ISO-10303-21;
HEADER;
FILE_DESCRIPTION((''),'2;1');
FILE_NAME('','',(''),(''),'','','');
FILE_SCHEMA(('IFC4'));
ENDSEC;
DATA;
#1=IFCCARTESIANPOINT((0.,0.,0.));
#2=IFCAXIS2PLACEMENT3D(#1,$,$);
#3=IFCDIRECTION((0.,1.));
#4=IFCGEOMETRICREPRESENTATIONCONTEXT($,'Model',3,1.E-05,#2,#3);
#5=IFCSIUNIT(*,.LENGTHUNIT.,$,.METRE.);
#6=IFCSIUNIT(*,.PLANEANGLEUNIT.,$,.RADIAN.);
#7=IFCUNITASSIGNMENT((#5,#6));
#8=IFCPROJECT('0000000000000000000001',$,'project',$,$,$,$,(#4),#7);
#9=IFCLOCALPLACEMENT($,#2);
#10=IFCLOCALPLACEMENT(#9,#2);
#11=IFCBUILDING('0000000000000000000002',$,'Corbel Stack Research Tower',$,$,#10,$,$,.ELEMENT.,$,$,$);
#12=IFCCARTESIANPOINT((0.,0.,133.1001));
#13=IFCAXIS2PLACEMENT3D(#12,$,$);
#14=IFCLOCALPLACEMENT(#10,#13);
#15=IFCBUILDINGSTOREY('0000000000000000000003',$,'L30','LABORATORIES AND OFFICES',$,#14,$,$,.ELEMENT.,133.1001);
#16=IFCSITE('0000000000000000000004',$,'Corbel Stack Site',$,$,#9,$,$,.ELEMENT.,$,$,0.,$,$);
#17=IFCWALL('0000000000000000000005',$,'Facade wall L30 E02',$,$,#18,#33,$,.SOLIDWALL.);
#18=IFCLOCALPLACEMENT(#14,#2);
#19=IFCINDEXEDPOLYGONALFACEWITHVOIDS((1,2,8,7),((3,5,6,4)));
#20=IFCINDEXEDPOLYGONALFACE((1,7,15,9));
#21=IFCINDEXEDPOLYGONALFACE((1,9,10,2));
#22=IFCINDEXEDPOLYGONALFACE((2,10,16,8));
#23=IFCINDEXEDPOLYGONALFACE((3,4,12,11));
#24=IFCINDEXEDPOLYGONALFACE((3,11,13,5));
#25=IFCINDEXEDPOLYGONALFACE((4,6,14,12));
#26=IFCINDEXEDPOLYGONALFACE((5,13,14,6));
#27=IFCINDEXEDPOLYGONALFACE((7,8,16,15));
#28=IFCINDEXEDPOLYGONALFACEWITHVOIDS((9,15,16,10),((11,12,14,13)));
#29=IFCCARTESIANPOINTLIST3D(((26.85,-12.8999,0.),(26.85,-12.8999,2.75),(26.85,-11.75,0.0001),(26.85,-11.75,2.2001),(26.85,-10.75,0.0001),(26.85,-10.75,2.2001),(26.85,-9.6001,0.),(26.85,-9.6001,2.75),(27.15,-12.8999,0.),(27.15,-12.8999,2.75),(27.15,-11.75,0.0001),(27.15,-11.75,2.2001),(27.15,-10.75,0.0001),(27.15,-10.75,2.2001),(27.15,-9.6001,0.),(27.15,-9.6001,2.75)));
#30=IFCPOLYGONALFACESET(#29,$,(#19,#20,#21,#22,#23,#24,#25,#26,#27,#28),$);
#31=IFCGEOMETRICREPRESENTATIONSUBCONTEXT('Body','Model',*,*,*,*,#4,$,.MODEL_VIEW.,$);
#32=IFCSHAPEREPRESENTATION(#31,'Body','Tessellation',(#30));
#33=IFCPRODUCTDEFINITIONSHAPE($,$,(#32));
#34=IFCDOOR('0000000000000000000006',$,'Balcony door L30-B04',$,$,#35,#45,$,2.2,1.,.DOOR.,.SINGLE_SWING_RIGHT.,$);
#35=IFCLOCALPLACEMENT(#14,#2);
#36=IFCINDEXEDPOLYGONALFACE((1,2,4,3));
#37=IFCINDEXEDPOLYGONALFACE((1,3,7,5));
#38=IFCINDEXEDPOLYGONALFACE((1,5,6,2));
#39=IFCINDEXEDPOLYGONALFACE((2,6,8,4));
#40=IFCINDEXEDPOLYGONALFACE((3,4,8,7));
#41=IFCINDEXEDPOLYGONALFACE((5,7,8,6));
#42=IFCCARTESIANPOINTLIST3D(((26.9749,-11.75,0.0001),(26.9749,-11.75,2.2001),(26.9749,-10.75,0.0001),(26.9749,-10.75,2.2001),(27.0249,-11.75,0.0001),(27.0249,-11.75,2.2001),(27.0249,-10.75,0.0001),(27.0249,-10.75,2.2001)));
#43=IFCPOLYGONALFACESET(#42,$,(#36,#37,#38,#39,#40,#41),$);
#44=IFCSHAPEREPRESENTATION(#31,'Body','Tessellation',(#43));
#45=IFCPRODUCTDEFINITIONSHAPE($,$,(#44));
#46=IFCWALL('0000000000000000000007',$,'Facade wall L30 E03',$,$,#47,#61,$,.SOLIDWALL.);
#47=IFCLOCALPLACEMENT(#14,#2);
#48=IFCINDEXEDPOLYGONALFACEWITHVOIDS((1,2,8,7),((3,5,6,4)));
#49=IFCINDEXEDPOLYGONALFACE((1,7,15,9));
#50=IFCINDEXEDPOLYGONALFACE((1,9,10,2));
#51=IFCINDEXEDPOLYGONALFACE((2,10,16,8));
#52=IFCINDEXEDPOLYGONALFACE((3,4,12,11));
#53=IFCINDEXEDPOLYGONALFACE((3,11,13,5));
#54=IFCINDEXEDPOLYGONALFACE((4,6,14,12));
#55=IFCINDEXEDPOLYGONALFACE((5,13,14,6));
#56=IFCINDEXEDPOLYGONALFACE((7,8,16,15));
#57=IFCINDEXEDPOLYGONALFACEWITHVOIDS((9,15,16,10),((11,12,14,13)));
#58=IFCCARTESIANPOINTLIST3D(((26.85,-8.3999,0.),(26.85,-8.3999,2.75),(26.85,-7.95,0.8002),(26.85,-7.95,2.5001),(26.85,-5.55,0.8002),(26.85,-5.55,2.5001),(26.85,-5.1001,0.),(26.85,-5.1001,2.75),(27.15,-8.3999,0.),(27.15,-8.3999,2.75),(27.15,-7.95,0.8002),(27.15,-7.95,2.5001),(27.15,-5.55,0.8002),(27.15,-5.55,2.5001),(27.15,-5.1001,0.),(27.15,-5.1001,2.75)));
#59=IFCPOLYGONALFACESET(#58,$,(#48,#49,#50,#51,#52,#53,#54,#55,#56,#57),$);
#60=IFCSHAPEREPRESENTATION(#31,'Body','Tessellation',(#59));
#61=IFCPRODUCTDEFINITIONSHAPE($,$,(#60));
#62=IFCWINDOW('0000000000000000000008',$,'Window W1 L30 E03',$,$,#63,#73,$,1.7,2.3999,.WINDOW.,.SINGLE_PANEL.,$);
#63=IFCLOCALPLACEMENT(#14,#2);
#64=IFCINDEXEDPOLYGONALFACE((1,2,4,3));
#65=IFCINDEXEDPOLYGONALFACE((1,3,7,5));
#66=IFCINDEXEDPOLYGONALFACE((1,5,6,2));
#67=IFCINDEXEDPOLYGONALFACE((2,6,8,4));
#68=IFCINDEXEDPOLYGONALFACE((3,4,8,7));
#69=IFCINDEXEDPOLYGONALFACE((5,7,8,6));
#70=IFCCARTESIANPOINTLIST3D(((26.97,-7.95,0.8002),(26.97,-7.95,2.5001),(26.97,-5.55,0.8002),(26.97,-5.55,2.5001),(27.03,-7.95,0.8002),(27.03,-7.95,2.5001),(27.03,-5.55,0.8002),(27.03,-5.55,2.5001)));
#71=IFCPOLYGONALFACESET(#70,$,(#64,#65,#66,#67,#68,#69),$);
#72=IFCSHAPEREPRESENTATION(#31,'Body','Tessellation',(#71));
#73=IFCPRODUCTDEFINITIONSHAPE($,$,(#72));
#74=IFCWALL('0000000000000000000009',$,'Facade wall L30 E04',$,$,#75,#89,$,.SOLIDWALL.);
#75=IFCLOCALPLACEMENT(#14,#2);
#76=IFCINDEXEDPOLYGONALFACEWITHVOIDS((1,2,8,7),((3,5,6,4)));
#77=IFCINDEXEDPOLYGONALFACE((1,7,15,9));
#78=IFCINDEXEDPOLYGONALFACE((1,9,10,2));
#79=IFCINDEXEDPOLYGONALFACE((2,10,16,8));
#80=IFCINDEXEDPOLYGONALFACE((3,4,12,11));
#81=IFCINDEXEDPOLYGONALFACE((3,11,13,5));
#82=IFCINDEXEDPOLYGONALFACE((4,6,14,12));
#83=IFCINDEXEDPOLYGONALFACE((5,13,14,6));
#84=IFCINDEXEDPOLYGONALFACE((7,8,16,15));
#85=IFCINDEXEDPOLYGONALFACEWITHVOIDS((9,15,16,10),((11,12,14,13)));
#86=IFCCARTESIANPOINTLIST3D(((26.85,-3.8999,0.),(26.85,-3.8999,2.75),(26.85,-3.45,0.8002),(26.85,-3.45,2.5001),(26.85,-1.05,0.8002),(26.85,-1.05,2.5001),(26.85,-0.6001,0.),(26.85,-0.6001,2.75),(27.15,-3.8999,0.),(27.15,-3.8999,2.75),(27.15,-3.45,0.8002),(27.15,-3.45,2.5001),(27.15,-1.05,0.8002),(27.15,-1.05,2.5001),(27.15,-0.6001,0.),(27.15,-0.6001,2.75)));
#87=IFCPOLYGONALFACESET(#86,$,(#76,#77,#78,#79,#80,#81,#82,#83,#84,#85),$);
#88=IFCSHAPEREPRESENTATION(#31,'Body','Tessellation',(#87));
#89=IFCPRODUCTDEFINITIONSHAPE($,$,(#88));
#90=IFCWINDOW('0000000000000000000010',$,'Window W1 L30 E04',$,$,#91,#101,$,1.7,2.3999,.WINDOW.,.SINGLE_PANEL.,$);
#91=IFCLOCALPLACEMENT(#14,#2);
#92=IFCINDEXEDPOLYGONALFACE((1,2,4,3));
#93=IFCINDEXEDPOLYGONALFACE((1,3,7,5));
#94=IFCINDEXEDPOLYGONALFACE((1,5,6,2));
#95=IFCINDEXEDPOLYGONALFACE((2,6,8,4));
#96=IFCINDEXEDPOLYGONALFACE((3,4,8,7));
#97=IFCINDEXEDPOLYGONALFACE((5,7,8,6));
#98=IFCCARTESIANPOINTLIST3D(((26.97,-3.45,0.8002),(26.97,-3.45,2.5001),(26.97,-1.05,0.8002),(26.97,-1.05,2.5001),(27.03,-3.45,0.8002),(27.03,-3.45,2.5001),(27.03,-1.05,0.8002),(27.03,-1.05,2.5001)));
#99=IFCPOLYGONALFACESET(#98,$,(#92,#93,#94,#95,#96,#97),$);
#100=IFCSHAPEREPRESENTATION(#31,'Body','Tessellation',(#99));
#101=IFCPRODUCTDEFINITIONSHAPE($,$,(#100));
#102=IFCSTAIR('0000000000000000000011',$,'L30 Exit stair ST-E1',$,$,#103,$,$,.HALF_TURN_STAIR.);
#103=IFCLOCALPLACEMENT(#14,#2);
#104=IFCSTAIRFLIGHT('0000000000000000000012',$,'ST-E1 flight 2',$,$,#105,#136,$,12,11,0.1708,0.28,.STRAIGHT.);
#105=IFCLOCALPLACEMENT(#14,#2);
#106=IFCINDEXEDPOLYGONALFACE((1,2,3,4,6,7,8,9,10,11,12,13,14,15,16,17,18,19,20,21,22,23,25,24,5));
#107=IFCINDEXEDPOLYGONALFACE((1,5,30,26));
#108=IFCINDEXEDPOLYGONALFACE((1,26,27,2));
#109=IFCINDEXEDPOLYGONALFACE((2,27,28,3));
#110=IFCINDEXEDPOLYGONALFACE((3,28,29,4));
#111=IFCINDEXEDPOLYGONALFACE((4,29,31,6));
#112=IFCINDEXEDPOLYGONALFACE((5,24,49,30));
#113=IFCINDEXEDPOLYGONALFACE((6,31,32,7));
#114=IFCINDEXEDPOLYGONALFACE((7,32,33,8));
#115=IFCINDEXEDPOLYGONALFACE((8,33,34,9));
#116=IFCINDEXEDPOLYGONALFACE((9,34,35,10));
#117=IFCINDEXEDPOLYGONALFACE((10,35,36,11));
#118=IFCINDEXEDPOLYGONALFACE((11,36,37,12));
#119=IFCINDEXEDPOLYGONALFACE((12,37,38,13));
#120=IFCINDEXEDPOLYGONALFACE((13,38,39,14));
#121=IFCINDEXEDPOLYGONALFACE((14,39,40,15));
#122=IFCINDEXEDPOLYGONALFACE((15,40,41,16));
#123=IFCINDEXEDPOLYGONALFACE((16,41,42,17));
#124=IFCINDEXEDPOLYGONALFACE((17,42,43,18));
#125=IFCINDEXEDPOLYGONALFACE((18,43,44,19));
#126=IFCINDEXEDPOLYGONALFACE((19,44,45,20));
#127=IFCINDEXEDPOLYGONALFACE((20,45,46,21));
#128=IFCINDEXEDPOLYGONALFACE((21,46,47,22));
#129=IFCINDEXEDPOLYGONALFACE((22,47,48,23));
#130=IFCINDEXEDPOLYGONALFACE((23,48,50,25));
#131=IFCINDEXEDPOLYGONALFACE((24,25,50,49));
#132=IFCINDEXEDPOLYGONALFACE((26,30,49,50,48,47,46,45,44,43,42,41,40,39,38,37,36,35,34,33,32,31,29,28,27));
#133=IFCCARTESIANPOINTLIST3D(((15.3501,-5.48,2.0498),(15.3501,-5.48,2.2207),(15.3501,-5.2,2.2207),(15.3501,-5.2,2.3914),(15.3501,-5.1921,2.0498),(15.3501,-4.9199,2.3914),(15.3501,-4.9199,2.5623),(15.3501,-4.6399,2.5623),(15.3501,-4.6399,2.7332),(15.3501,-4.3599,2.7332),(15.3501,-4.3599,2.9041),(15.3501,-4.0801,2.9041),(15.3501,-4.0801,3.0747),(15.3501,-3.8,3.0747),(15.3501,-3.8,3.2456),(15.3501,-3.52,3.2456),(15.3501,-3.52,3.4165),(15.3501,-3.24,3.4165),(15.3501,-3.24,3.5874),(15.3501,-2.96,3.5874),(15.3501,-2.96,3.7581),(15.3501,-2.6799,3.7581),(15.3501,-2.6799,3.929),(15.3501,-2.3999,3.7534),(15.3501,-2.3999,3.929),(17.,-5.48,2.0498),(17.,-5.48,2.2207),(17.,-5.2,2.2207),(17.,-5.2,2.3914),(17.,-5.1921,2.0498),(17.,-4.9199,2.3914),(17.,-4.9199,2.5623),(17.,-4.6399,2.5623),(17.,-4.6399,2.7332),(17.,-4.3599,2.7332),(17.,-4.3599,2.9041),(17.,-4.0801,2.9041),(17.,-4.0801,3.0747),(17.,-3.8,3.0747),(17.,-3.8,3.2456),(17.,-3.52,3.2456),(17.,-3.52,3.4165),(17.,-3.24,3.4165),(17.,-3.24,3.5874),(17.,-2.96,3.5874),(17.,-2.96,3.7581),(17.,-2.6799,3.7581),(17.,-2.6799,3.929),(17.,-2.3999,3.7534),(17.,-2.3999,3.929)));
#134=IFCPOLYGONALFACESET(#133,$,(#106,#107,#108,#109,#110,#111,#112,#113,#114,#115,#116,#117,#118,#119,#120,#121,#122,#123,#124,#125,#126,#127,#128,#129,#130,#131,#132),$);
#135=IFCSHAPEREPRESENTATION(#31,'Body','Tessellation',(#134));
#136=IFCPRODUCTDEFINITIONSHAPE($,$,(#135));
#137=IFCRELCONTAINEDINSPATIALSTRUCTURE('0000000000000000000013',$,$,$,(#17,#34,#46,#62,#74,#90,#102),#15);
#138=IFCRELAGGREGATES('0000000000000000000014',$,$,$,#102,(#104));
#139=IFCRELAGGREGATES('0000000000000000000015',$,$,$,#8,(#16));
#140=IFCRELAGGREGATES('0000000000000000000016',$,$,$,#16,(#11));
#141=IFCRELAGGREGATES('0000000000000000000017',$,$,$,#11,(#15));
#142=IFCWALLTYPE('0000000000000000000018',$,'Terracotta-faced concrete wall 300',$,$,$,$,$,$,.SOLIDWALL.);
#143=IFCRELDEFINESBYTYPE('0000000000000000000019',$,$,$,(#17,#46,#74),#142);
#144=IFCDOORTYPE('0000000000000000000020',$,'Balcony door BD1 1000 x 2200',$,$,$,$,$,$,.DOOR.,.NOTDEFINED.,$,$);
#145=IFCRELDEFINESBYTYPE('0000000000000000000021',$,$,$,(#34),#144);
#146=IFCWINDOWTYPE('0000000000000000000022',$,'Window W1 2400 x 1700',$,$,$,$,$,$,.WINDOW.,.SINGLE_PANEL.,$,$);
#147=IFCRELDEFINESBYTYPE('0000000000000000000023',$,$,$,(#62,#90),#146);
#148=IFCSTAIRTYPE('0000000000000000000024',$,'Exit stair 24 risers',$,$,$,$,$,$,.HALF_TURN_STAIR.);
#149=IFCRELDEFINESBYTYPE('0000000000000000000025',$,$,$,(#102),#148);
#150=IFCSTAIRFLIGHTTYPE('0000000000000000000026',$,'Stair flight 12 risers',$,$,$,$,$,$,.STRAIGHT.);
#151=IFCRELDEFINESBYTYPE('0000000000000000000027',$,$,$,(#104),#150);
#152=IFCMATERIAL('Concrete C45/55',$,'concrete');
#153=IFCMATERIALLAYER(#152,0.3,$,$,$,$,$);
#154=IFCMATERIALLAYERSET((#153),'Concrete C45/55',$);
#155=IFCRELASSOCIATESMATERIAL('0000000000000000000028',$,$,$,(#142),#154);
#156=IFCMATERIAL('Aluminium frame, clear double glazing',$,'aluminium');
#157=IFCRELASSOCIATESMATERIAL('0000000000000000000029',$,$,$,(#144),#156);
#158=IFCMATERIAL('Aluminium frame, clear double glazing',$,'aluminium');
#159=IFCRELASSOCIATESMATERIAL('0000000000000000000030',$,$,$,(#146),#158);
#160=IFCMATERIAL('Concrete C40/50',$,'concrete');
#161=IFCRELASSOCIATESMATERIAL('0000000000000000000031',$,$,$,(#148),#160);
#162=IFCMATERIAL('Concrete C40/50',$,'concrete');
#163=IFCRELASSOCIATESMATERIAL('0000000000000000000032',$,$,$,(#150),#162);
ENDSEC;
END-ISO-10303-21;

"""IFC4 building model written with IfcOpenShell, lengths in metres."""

from ifc_helpers import new_model, si_unit, direction, frame, frame_2d, origin, place, context, subcontext, project, spatial, polyline, rectangle, outline, extrude, material, layer, layer_set, type_object, element, fill, aggregate, save


model = new_model("IFC4")

# Units and contexts
model_context = context("Model", 3, precision=1e-05, world=origin(), true_north=direction((0.0, 1.0)))
body_context = subcontext(model_context, "Body", "Model", "MODEL_VIEW")
ifc_project = project(units=[si_unit("LENGTHUNIT", "METRE"), si_unit("PLANEANGLEUNIT", "RADIAN")], contexts=[model_context])

# Site, building, storey
site_placement = place(None, origin())
site = spatial("IfcSite", under=ifc_project, at=site_placement, Name="Corbel Stack Site", CompositionType="ELEMENT", RefElevation=0.0)
building_placement = place(site_placement, origin())
building = spatial("IfcBuilding", under=site, at=building_placement, Name="Corbel Stack Research Tower", CompositionType="ELEMENT")
storey_placement = place(building_placement, frame((0.0, 0.0, 133.1001)))
storey = spatial("IfcBuildingStorey", under=building, at=storey_placement, Name="L30", Description="LABORATORIES AND OFFICES", CompositionType="ELEMENT", Elevation=133.1001)

# Wall, opening, door
ifc_material_1 = material(Name="Concrete C45/55", Category="concrete")
ifc_layer_1 = layer(ifc_material_1, 0.3)
ifc_layer_set_1 = layer_set([ifc_layer_1], Name="Concrete C45/55")
wall_type_1 = type_object("IfcWallType", Name="Terracotta-faced concrete wall 300", PredefinedType="SOLIDWALL", material=ifc_layer_set_1)
wall_1_placement = place(storey_placement, frame((27.0, -9.6001, 0.0), z_axis=(0.0, 0.0, 1.0), x_axis=(0.0, -1.0, 0.0)))
wall_1 = element("IfcWall", 1, at=wall_1_placement, inside=storey, type_object=wall_type_1, Name="Facade wall L30 E02", PredefinedType="SOLIDWALL", context=body_context, shape_type="SweptSolid", body=[
    extrude(rectangle(XDim=3.2998, YDim=0.3, at=frame_2d((1.6499, 0.0))), origin(), (0.0, 0.0, 1.0), 2.75),
])
opening_1_placement = place(wall_1_placement, frame((1.1499, 0.0, 0.0)))
opening_1 = element("IfcOpeningElement", 2, at=opening_1_placement, cuts=wall_1, PredefinedType="OPENING", context=body_context, shape_type="SweptSolid", body=[
    extrude(rectangle(XDim=1.0, YDim=2.2, at=frame_2d((0.5, 1.1001))), frame((0.0, 0.1599, 0.0), z_axis=(0.0, -1.0, 0.0), x_axis=(1.0, 0.0, 0.0)), (0.0, 0.0, 1.0), 0.3201),
])
ifc_material_2 = material(Name="Aluminium frame, clear double glazing", Category="aluminium")
door_type_1 = type_object("IfcDoorType", Name="Balcony door BD1 1000 x 2200", OperationType="NOTDEFINED", PredefinedType="DOOR", material=ifc_material_2)
door_1_placement = place(opening_1_placement, origin())
door_1 = element("IfcDoor", 3, at=door_1_placement, inside=storey, type_object=door_type_1, Name="Balcony door L30-B04", OperationType="SINGLE_SWING_RIGHT", OverallHeight=2.2, OverallWidth=1.0, PredefinedType="DOOR", context=body_context, shape_type="SweptSolid", body=[
    extrude(rectangle(XDim=1.0, YDim=2.2, at=frame_2d((0.5, 1.1001))), frame((0.0, 0.0249, 0.0), z_axis=(0.0, -1.0, 0.0), x_axis=(1.0, 0.0, 0.0)), (0.0, 0.0, 1.0), 0.05),
])
fill(opening_1, door_1)

# Walls, openings, windows
wall_2_placement = place(storey_placement, frame((27.0, -5.1001, 0.0), z_axis=(0.0, 0.0, 1.0), x_axis=(0.0, -1.0, 0.0)))
wall_2 = element("IfcWall", 4, at=wall_2_placement, inside=storey, type_object=wall_type_1, Name="Facade wall L30 E03", PredefinedType="SOLIDWALL", context=body_context, shape_type="SweptSolid", body=[
    extrude(rectangle(XDim=3.2998, YDim=0.3, at=frame_2d((1.6499, 0.0))), origin(), (0.0, 0.0, 1.0), 2.75),
])
opening_2_placement = place(wall_2_placement, frame((0.45, 0.0, 0.8)))
opening_2 = element("IfcOpeningElement", 5, at=opening_2_placement, cuts=wall_2, PredefinedType="OPENING", context=body_context, shape_type="SweptSolid", body=[
    extrude(rectangle(XDim=2.3999, YDim=1.7, at=frame_2d((1.2, 0.8501))), frame((0.0, 0.1599, 0.0), z_axis=(0.0, -1.0, 0.0), x_axis=(1.0, 0.0, 0.0)), (0.0, 0.0, 1.0), 0.3201),
])
ifc_material_3 = material(Name="Aluminium frame, clear double glazing", Category="aluminium")
window_type = type_object("IfcWindowType", Name="Window W1 2400 x 1700", PartitioningType="SINGLE_PANEL", PredefinedType="WINDOW", material=ifc_material_3)
window_1_placement = place(opening_2_placement, origin())
window_1 = element("IfcWindow", 6, at=window_1_placement, inside=storey, type_object=window_type, Name="Window W1 L30 E03", OverallHeight=1.7, OverallWidth=2.3999, PartitioningType="SINGLE_PANEL", PredefinedType="WINDOW", context=body_context, shape_type="SweptSolid", body=[
    extrude(rectangle(XDim=2.3999, YDim=1.7, at=frame_2d((1.2, 0.8501))), frame((0.0, 0.03, 0.0), z_axis=(0.0, -1.0, 0.0), x_axis=(1.0, 0.0, 0.0)), (0.0, 0.0, 1.0), 0.0601),
])
fill(opening_2, window_1)
wall_3_placement = place(storey_placement, frame((27.0, -0.6001, 0.0), z_axis=(0.0, 0.0, 1.0), x_axis=(0.0, -1.0, 0.0)))
wall_3 = element("IfcWall", 7, at=wall_3_placement, inside=storey, type_object=wall_type_1, Name="Facade wall L30 E04", PredefinedType="SOLIDWALL", context=body_context, shape_type="SweptSolid", body=[
    extrude(rectangle(XDim=3.2998, YDim=0.3, at=frame_2d((1.6499, 0.0))), origin(), (0.0, 0.0, 1.0), 2.75),
])
opening_3_placement = place(wall_3_placement, frame((0.45, 0.0, 0.8)))
opening_3 = element("IfcOpeningElement", 8, at=opening_3_placement, cuts=wall_3, PredefinedType="OPENING", context=body_context, shape_type="SweptSolid", body=[
    extrude(rectangle(XDim=2.3999, YDim=1.7, at=frame_2d((1.2, 0.8501))), frame((0.0, 0.1599, 0.0), z_axis=(0.0, -1.0, 0.0), x_axis=(1.0, 0.0, 0.0)), (0.0, 0.0, 1.0), 0.3201),
])
window_2_placement = place(opening_3_placement, origin())
window_2 = element("IfcWindow", 9, at=window_2_placement, inside=storey, type_object=window_type, Name="Window W1 L30 E04", OverallHeight=1.7, OverallWidth=2.3999, PartitioningType="SINGLE_PANEL", PredefinedType="WINDOW", context=body_context, shape_type="SweptSolid", body=[
    extrude(rectangle(XDim=2.3999, YDim=1.7, at=frame_2d((1.2, 0.8501))), frame((0.0, 0.03, 0.0), z_axis=(0.0, -1.0, 0.0), x_axis=(1.0, 0.0, 0.0)), (0.0, 0.0, 1.0), 0.0601),
])
fill(opening_3, window_2)

# Stair, stair flight
ifc_material_4 = material(Name="Concrete C40/50", Category="concrete")
stair_type = type_object("IfcStairType", Name="Exit stair 24 risers", PredefinedType="HALF_TURN_STAIR", material=ifc_material_4)
stair_placement = place(storey_placement, origin())
stair = element("IfcStair", 10, at=stair_placement, inside=storey, type_object=stair_type, Name="L30 Exit stair ST-E1", PredefinedType="HALF_TURN_STAIR")
ifc_material_5 = material(Name="Concrete C40/50", Category="concrete")
stair_flight_type = type_object("IfcStairFlightType", Name="Stair flight 12 risers", PredefinedType="STRAIGHT", material=ifc_material_5)
stair_flight_placement = place(storey_placement, frame((16.175, -5.48, 2.0498), z_axis=(0.0, 0.0, 1.0), x_axis=(0.0, 1.0, 0.0)))
stair_flight = element("IfcStairFlight", 11, at=stair_flight_placement, type_object=stair_flight_type, Name="ST-E1 flight 2", NumberOfRisers=12, NumberOfTreads=11, PredefinedType="STRAIGHT", RiserHeight=0.1708, TreadLength=0.28, context=body_context, shape_type="SweptSolid", body=[
    extrude(outline(polyline([(0.0, 0.0), (0.0, 0.1709), (0.28, 0.1709), (0.28, 0.3416), (0.5601, 0.3416), (0.5601, 0.5125), (0.8401, 0.5125), (0.8401, 0.6833), (1.1201, 0.6833), (1.1201, 0.8542), (1.3999, 0.8542), (1.3999, 1.0249), (1.6799, 1.0249), (1.6799, 1.1958), (1.96, 1.1958), (1.96, 1.3667), (2.24, 1.3667), (2.24, 1.5376), (2.52, 1.5376), (2.52, 1.7083), (2.8, 1.7083), (2.8, 1.8792), (3.0801, 1.8792), (3.0801, 2.05), (3.0801, 1.7036), (0.2878, 0.0), (0.0, 0.0)])), frame((0.0, 0.825, 0.0), z_axis=(0.0, -1.0, 0.0), x_axis=(1.0, 0.0, 0.0)), (0.0, 0.0, 1.0), 1.6499),
])
aggregate(stair, [stair_flight])

save(model, "model.ifc")
